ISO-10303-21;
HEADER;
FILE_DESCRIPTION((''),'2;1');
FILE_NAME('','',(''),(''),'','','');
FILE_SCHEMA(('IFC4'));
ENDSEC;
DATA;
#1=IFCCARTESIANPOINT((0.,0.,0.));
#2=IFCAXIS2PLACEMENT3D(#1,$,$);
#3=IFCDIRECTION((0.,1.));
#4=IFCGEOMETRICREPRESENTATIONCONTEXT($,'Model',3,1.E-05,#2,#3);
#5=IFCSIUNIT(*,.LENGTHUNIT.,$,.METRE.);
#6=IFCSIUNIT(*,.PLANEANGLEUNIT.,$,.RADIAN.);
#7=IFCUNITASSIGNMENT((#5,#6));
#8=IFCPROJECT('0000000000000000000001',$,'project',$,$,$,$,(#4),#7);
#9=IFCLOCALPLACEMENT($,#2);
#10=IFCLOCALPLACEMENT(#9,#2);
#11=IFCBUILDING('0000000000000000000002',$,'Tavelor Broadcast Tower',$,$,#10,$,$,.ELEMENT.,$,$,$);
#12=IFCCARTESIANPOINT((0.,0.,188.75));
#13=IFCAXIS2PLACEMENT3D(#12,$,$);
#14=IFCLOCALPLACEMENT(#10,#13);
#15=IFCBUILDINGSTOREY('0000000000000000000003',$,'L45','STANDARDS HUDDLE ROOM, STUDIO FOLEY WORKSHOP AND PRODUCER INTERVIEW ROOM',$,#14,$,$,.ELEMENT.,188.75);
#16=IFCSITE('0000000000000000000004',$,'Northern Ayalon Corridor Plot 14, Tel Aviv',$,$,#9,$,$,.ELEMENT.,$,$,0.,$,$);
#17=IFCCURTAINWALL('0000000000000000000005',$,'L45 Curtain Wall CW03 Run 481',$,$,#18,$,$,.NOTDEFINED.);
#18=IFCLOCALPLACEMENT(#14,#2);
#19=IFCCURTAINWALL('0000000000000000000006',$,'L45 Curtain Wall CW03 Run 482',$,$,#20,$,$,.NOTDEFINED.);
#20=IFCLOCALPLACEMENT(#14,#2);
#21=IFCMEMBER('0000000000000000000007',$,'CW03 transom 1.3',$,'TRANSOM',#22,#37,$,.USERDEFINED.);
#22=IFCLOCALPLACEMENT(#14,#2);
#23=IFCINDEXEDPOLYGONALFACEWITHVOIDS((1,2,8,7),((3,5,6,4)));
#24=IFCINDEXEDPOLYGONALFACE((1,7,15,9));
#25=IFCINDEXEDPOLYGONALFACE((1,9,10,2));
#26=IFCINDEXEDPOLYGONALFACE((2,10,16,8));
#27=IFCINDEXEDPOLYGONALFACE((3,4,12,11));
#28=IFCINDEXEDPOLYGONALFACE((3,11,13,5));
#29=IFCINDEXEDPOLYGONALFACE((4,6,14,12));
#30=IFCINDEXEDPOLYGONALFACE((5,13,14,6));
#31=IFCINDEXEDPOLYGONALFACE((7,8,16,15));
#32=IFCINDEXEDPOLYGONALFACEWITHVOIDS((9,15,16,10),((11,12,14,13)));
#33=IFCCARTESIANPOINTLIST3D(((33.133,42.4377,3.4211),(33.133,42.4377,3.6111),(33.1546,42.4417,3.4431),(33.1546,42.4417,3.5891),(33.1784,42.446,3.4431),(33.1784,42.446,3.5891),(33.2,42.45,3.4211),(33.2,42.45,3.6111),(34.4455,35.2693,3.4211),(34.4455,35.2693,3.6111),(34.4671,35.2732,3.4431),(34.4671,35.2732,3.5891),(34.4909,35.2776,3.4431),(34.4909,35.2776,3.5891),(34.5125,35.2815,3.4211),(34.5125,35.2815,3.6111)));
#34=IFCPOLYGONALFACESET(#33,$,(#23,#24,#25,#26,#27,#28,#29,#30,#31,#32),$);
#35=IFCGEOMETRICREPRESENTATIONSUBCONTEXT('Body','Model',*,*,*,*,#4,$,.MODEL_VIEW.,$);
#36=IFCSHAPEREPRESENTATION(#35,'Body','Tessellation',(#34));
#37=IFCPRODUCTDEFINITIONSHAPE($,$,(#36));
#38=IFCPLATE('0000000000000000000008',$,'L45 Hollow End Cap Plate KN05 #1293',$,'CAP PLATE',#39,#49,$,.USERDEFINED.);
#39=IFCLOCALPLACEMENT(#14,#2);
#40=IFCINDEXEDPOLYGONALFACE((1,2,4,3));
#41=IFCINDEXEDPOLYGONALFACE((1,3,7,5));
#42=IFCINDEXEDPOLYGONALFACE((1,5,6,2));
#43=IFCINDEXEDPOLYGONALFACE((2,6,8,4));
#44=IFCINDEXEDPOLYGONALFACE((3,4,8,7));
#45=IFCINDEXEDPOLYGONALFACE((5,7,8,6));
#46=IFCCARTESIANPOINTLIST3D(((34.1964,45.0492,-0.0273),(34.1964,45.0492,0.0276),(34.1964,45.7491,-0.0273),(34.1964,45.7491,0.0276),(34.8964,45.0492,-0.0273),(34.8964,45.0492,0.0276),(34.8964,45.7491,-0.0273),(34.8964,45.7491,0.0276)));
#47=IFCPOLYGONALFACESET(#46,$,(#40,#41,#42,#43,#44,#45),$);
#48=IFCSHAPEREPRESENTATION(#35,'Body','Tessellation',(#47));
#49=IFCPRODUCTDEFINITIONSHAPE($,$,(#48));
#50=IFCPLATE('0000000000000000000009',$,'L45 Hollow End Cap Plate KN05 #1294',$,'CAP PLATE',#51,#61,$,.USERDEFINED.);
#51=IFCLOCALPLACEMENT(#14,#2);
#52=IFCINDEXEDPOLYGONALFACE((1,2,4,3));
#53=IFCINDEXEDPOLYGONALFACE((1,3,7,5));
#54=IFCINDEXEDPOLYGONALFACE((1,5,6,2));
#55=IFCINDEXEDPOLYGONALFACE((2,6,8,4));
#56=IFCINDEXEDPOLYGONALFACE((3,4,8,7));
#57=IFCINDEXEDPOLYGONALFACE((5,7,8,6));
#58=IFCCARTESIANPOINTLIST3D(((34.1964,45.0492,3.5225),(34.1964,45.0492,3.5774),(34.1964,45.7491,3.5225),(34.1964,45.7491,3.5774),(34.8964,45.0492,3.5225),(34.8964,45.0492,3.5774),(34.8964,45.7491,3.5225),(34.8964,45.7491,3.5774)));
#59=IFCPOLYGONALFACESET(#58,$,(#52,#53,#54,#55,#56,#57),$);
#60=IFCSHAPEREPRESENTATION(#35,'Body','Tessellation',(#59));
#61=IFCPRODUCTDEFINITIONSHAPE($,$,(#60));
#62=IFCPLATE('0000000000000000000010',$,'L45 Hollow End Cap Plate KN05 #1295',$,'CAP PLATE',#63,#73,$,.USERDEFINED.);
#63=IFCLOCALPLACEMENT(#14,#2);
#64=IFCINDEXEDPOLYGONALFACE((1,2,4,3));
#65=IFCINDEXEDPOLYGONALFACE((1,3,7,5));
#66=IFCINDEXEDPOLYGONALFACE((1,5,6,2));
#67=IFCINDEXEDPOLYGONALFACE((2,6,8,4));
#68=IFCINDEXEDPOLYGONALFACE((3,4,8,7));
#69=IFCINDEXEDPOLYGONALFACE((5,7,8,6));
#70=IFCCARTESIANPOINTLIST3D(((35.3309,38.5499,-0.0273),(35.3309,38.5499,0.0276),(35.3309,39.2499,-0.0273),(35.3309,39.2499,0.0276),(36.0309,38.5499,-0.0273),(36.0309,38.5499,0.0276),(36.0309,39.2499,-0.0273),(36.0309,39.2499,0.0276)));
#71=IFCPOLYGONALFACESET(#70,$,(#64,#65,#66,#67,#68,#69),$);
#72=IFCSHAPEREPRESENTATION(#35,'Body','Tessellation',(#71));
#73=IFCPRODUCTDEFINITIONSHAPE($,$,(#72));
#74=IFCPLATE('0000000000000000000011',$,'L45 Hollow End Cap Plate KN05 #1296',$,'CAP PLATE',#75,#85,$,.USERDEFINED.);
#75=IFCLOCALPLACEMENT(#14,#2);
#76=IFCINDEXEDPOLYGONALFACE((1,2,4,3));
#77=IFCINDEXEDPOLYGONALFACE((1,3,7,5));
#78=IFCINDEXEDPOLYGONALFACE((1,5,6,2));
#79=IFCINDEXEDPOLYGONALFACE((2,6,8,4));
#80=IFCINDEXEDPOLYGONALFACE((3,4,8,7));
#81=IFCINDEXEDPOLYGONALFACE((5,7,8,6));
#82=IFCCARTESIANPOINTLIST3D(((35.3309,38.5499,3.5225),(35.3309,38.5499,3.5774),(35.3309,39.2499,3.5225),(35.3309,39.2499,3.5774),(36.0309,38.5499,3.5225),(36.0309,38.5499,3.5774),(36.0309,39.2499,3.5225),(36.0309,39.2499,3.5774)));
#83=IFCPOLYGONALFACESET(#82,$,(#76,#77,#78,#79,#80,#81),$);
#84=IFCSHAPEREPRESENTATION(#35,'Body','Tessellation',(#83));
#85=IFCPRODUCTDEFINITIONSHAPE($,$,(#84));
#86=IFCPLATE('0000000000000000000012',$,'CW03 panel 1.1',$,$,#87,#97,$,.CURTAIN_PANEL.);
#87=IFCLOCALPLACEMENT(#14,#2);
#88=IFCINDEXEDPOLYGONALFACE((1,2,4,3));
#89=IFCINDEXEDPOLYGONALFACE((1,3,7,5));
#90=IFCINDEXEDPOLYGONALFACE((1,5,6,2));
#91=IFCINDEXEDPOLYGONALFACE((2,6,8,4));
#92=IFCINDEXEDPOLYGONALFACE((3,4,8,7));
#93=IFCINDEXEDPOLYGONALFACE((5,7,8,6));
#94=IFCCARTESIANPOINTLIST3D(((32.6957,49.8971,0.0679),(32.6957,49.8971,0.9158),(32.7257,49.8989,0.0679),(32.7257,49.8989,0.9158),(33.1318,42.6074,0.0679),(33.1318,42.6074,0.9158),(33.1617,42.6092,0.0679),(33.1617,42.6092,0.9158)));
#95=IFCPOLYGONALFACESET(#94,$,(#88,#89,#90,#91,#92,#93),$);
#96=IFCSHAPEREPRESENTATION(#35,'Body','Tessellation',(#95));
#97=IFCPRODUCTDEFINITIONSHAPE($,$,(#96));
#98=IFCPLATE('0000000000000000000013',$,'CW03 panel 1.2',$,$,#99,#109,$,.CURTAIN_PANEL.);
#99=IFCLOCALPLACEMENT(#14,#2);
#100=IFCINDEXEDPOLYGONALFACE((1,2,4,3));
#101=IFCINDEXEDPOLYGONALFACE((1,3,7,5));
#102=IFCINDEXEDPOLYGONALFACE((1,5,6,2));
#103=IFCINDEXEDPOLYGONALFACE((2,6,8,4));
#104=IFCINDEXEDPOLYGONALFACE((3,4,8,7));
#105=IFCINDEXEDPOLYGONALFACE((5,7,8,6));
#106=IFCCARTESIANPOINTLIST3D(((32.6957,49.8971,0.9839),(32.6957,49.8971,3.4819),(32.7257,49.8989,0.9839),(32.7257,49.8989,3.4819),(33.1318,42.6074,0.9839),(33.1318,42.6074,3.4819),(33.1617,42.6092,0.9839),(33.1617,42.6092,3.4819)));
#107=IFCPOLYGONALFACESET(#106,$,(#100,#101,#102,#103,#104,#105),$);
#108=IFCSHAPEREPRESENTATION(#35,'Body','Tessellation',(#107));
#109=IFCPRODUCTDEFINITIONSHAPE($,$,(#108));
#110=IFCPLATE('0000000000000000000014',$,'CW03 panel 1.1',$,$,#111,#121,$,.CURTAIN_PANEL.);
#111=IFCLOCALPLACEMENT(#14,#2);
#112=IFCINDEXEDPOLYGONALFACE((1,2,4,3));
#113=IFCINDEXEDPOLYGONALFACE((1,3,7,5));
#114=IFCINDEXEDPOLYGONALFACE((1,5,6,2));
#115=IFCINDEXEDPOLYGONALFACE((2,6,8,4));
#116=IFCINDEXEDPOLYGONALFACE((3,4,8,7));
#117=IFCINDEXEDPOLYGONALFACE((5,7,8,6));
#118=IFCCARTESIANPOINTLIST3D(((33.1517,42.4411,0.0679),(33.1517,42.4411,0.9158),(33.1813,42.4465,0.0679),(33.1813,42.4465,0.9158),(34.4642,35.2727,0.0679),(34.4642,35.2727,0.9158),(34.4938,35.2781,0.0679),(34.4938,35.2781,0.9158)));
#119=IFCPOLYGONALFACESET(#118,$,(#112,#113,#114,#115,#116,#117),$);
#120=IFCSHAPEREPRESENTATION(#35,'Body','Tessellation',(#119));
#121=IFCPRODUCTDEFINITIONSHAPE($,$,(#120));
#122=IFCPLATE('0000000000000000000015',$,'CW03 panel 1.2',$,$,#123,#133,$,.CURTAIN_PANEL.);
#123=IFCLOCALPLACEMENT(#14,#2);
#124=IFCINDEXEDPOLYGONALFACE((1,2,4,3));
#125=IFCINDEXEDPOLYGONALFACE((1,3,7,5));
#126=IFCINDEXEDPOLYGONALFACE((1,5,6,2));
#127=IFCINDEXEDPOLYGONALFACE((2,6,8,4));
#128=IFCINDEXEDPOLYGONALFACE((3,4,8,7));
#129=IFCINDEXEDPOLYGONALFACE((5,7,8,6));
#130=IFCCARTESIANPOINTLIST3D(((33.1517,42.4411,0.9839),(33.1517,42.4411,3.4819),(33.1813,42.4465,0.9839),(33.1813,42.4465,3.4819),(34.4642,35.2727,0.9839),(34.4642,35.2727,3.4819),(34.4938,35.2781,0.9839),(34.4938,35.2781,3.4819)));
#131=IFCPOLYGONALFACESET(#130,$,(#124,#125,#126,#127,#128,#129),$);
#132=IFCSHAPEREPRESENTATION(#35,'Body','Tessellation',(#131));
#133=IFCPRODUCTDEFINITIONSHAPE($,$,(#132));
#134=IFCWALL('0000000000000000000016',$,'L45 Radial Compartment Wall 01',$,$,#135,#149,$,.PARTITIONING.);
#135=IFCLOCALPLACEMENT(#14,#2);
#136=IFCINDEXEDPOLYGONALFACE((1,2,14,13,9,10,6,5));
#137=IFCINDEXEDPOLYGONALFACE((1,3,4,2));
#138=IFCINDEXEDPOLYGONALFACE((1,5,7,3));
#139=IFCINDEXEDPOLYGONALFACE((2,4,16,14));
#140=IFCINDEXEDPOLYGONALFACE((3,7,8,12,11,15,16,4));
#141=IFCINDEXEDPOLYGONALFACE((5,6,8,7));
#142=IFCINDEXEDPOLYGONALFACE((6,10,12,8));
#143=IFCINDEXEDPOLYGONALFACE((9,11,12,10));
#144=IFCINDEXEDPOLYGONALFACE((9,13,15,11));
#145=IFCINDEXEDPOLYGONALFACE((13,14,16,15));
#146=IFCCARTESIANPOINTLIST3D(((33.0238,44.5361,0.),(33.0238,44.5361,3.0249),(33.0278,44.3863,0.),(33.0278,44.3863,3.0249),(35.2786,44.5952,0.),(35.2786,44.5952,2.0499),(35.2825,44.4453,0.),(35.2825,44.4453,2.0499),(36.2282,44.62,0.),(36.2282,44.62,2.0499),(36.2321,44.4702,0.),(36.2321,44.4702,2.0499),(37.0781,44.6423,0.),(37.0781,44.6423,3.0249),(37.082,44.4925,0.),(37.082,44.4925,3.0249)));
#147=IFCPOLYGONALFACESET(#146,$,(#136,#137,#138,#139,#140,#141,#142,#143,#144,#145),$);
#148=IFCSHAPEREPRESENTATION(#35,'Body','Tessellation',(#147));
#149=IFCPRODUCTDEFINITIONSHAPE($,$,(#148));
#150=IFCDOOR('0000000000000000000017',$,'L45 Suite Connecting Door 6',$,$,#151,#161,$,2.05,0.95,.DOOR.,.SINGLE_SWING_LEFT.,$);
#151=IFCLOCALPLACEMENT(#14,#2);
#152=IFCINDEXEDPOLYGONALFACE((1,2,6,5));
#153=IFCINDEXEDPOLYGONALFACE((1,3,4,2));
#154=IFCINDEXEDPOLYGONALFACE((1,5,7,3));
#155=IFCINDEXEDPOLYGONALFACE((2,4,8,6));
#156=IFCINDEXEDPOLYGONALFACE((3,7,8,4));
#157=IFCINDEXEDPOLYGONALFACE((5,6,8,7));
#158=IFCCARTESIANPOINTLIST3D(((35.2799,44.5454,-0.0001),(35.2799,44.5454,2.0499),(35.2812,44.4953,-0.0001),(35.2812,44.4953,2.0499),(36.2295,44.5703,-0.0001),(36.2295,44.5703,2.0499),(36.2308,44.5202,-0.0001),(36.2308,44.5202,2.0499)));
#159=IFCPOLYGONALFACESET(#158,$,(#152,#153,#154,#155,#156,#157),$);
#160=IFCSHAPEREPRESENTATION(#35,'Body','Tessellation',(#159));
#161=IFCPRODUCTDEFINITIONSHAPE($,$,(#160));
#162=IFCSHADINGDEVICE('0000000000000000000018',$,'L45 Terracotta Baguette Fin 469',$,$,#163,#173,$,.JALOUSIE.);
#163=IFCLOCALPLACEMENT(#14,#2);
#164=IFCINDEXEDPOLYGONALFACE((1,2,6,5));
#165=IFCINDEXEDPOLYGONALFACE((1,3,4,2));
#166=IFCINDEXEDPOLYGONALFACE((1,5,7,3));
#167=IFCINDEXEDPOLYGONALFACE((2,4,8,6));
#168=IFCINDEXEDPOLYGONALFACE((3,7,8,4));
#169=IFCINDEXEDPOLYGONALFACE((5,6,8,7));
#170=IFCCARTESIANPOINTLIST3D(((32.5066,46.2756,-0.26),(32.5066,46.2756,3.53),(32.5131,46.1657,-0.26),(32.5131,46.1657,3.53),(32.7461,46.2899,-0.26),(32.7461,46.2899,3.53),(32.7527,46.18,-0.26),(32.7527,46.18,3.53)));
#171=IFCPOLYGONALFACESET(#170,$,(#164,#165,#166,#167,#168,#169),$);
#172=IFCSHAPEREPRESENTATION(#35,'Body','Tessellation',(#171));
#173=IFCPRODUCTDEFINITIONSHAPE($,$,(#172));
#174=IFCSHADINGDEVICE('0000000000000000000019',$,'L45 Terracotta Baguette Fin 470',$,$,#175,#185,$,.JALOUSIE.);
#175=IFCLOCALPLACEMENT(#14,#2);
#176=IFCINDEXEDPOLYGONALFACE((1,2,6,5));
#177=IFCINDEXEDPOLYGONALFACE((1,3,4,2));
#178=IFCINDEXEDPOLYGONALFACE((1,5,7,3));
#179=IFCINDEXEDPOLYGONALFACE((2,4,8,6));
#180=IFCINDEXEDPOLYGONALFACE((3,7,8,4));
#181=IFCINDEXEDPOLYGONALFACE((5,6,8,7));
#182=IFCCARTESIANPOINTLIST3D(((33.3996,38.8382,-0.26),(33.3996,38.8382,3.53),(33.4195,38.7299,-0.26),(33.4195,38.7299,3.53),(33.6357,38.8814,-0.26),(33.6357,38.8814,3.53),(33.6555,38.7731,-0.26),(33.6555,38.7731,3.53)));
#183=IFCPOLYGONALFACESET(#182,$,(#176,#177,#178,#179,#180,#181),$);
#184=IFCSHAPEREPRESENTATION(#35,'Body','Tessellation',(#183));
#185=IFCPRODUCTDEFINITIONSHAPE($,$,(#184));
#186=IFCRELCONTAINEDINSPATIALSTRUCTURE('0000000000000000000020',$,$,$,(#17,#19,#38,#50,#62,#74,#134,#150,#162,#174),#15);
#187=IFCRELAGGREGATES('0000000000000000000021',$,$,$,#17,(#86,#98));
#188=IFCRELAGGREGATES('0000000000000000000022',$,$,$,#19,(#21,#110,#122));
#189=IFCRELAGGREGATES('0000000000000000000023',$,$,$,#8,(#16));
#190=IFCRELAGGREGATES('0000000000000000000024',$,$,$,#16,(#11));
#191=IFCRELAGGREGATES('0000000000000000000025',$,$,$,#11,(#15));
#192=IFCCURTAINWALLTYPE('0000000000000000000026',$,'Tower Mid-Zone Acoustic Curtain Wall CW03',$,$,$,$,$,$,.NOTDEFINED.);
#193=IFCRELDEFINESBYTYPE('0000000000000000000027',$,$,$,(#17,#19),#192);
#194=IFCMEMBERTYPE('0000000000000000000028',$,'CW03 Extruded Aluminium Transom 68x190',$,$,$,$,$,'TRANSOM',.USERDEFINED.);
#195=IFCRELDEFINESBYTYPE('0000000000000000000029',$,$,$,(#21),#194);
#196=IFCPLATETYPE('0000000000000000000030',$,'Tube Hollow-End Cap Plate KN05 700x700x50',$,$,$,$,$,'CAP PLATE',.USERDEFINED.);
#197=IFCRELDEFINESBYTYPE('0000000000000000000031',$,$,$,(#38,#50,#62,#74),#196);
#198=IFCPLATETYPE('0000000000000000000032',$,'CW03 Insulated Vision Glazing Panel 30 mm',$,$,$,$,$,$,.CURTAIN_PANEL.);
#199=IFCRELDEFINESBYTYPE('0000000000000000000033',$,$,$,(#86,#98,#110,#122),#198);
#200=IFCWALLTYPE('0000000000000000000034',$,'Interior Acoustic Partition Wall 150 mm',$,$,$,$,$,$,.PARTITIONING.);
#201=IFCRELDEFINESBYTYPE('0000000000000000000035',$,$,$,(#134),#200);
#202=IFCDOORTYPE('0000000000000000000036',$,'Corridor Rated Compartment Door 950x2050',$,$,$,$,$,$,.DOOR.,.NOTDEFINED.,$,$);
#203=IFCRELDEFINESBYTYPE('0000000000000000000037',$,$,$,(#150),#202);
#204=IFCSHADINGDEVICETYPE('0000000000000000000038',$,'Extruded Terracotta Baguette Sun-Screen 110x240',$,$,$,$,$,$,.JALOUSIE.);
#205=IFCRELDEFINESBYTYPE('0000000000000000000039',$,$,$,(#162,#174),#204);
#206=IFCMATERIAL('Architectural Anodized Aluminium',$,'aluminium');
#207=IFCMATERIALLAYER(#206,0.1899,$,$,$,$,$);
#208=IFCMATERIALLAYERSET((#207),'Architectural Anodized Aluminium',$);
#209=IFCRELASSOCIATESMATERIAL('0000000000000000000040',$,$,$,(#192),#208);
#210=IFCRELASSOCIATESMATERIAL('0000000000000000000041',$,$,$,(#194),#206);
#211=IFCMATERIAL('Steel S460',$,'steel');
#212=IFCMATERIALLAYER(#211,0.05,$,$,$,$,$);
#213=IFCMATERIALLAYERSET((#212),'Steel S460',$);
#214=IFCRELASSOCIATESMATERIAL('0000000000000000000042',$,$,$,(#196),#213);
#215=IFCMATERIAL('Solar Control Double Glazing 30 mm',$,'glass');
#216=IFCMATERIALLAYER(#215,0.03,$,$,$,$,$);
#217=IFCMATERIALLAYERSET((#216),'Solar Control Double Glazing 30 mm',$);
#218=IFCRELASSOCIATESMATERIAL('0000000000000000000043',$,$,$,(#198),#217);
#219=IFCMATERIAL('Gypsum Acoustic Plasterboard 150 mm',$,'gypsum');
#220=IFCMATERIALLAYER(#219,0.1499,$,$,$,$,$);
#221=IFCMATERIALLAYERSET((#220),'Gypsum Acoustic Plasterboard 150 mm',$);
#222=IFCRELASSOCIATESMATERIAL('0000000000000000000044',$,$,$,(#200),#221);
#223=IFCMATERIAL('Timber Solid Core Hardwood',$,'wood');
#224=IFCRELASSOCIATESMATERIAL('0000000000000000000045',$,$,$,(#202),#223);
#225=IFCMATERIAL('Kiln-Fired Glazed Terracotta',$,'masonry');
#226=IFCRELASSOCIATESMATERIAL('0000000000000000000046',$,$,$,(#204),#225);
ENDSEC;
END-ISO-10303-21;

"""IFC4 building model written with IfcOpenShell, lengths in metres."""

from ifc_helpers import new_model, si_unit, direction, frame, frame_2d, origin, origin_2d, place, context, subcontext, project, spatial, rectangle, hollow_rectangle, extrude, source, transform, mapped, material, layer, layer_set, material_profile, profile_set, type_object, type_shapes, element, fill, aggregate, save


model = new_model("IFC4")

# Units and contexts
model_context = context("Model", 3, precision=1e-05, world=origin(), true_north=direction((0.0, 1.0)))
body_context = subcontext(model_context, "Body", "Model", "MODEL_VIEW")
ifc_project = project(units=[si_unit("LENGTHUNIT", "METRE"), si_unit("PLANEANGLEUNIT", "RADIAN")], contexts=[model_context])

# Site, building, storey
site_placement = place(None, origin())
site = spatial("IfcSite", under=ifc_project, at=site_placement, Name="Northern Ayalon Corridor Plot 14, Tel Aviv", CompositionType="ELEMENT", RefElevation=0.0)
building_placement = place(site_placement, origin())
building = spatial("IfcBuilding", under=site, at=building_placement, Name="Tavelor Broadcast Tower", CompositionType="ELEMENT")
storey_placement = place(building_placement, frame((0.0, 0.0, 188.75)))
storey = spatial("IfcBuildingStorey", under=building, at=storey_placement, Name="L45", Description="STANDARDS HUDDLE ROOM, STUDIO FOLEY WORKSHOP AND PRODUCER INTERVIEW ROOM", CompositionType="ELEMENT", Elevation=188.75)

# Shared definitions
ifc_material_1 = material(Name="Steel S460", Category="steel")

# Curtain wall
ifc_material_2 = material(Name="Architectural Anodized Aluminium", Category="aluminium")
ifc_layer_1 = layer(ifc_material_2, 0.1899)
ifc_layer_set_1 = layer_set([ifc_layer_1], Name="Architectural Anodized Aluminium")
curtain_wall_type = type_object("IfcCurtainWallType", Name="Tower Mid-Zone Acoustic Curtain Wall CW03", PredefinedType="NOTDEFINED", material=ifc_layer_set_1)
curtain_wall_1_placement = place(storey_placement, origin())
curtain_wall_1 = element("IfcCurtainWall", 1, at=curtain_wall_1_placement, inside=storey, type_object=curtain_wall_type, Name="L45 Curtain Wall CW03 Run 481", PredefinedType="NOTDEFINED")

# Curtain wall
curtain_wall_2_placement = place(storey_placement, origin())
curtain_wall_2 = element("IfcCurtainWall", 2, at=curtain_wall_2_placement, inside=storey, type_object=curtain_wall_type, Name="L45 Curtain Wall CW03 Run 482", PredefinedType="NOTDEFINED")

# Member
ifc_material_profile_1 = material_profile(ifc_material_2, hollow_rectangle(XDim=0.0681, YDim=0.1899, WallThickness=0.022, at=origin_2d()), Name="RHS 68x190x22")
ifc_profile_set_1 = profile_set([ifc_material_profile_1], Name="Architectural Anodized Aluminium")
member_type_1 = type_object("IfcMemberType", Name="CW03 Extruded Aluminium Transom 68x190", ElementType="TRANSOM", PredefinedType="USERDEFINED", material=ifc_profile_set_1)
shared_shape_1 = source(origin(), body_context, "Body", "SweptSolid", [
    extrude(hollow_rectangle(XDim=0.0681, YDim=0.1899, WallThickness=0.022, at=origin_2d()), origin(), (0.0, 0.0, 1.0), 7.2876),
])
type_shapes(member_type_1, [shared_shape_1])
member_1_placement = place(storey_placement, frame((33.1665, 42.4438, 3.5161), z_axis=(0.1801, -0.983648, 0.0), x_axis=(0.983648, 0.1801, 0.0)))
member_1 = element("IfcMember", 3, at=member_1_placement, type_object=member_type_1, Name="CW03 transom 1.3", ObjectType="TRANSOM", PredefinedType="USERDEFINED", context=body_context, shape_type="MappedRepresentation", body=[
    mapped(shared_shape_1, transform((0.0, 0.0, 0.0), scale=1.0)),
])

# Plates
ifc_layer_2 = layer(ifc_material_1, 0.05)
ifc_layer_set_2 = layer_set([ifc_layer_2], Name="Steel S460")
plate_type_1 = type_object("IfcPlateType", Name="Tube Hollow-End Cap Plate KN05 700x700x50", ElementType="CAP PLATE", PredefinedType="USERDEFINED", material=ifc_layer_set_2)
shared_shape_2 = source(origin(), body_context, "Body", "SweptSolid", [
    extrude(rectangle(XDim=0.7, YDim=0.7, at=origin_2d()), origin(), (0.0, 0.0, 1.0), 0.0549),
])
type_shapes(plate_type_1, [shared_shape_2])
for number, where, z_axis, x_axis, name in (
    (4, (34.5464, 45.3992, -0.0273), (0.0, 0.0, 1.0), (1.0, 0.0, 0.0), "L45 Hollow End Cap Plate KN05 #1293"),
    (5, (34.5464, 45.3992, 3.5225), (0.0, 0.0, 1.0), (1.0, 0.0, 0.0), "L45 Hollow End Cap Plate KN05 #1294"),
    (6, (35.6809, 38.8999, -0.0273), (0.0, 0.0, 1.0), (1.0, 0.0, 0.0), "L45 Hollow End Cap Plate KN05 #1295"),
    (7, (35.6809, 38.8999, 3.5225), (0.0, 0.0, 1.0), (1.0, 0.0, 0.0), "L45 Hollow End Cap Plate KN05 #1296"),
):
    element("IfcPlate", number, at=place(storey_placement, frame(where, z_axis=z_axis, x_axis=x_axis)), inside=storey, type_object=plate_type_1, Name=name, ObjectType="CAP PLATE", PredefinedType="USERDEFINED", context=body_context, shape_type="MappedRepresentation", body=[
        mapped(shared_shape_2, transform((0.0, 0.0, 0.0), scale=1.0)),
    ])

# Plates
ifc_material_3 = material(Name="Solar Control Double Glazing 30 mm", Category="glass")
ifc_layer_3 = layer(ifc_material_3, 0.03)
ifc_layer_set_3 = layer_set([ifc_layer_3], Name="Solar Control Double Glazing 30 mm")
plate_type_2 = type_object("IfcPlateType", Name="CW03 Insulated Vision Glazing Panel 30 mm", PredefinedType="CURTAIN_PANEL", material=ifc_layer_set_3)
shared_shape_3 = source(origin(), body_context, "Body", "SweptSolid", [
    extrude(rectangle(XDim=7.3027, YDim=0.03, at=origin_2d()), origin(), (0.0, 0.0, 1.0), 0.8479),
])
plate_1_placement = place(storey_placement, frame((32.9287, 46.2532, 0.0679), z_axis=(0.0, 0.0, 1.0), x_axis=(0.059715, -0.998215, 0.0)))
plate_1 = element("IfcPlate", 8, at=plate_1_placement, type_object=plate_type_2, Name="CW03 panel 1.1", PredefinedType="CURTAIN_PANEL", context=body_context, shape_type="MappedRepresentation", body=[
    mapped(shared_shape_3, transform((0.0, 0.0, 0.0), scale=1.0)),
])
shared_shape_4 = source(origin(), body_context, "Body", "SweptSolid", [
    extrude(rectangle(XDim=7.3027, YDim=0.03, at=origin_2d()), origin(), (0.0, 0.0, 1.0), 2.498),
])
plate_2_placement = place(storey_placement, frame((32.9287, 46.2532, 0.9839), z_axis=(0.0, 0.0, 1.0), x_axis=(0.059715, -0.998215, 0.0)))
plate_2 = element("IfcPlate", 9, at=plate_2_placement, type_object=plate_type_2, Name="CW03 panel 1.2", PredefinedType="CURTAIN_PANEL", context=body_context, shape_type="MappedRepresentation", body=[
    mapped(shared_shape_4, transform((0.0, 0.0, 0.0), scale=1.0)),
])
aggregate(curtain_wall_1, [plate_1, plate_2])
shared_shape_5 = source(origin(), body_context, "Body", "SweptSolid", [
    extrude(rectangle(XDim=7.2876, YDim=0.03, at=origin_2d()), origin(), (0.0, 0.0, 1.0), 0.8479),
])
plate_3_placement = place(storey_placement, frame((33.8228, 38.8596, 0.0679), z_axis=(0.0, 0.0, 1.0), x_axis=(0.180102, -0.983648, 0.0)))
plate_3 = element("IfcPlate", 10, at=plate_3_placement, type_object=plate_type_2, Name="CW03 panel 1.1", PredefinedType="CURTAIN_PANEL", context=body_context, shape_type="MappedRepresentation", body=[
    mapped(shared_shape_5, transform((0.0, 0.0, 0.0), scale=1.0)),
])
shared_shape_6 = source(origin(), body_context, "Body", "SweptSolid", [
    extrude(rectangle(XDim=7.2876, YDim=0.03, at=origin_2d()), origin(), (0.0, 0.0, 1.0), 2.498),
])
type_shapes(plate_type_2, [shared_shape_3, shared_shape_4, shared_shape_5, shared_shape_6])
plate_4_placement = place(storey_placement, frame((33.8228, 38.8596, 0.9839), z_axis=(0.0, 0.0, 1.0), x_axis=(0.180102, -0.983648, 0.0)))
plate_4 = element("IfcPlate", 11, at=plate_4_placement, type_object=plate_type_2, Name="CW03 panel 1.2", PredefinedType="CURTAIN_PANEL", context=body_context, shape_type="MappedRepresentation", body=[
    mapped(shared_shape_6, transform((0.0, 0.0, 0.0), scale=1.0)),
])
aggregate(curtain_wall_2, [member_1, plate_3, plate_4])

# Wall, opening, door
ifc_material_4 = material(Name="Gypsum Acoustic Plasterboard 150 mm", Category="gypsum")
ifc_layer_4 = layer(ifc_material_4, 0.1499)
ifc_layer_set_4 = layer_set([ifc_layer_4], Name="Gypsum Acoustic Plasterboard 150 mm")
wall_type = type_object("IfcWallType", Name="Interior Acoustic Partition Wall 150 mm", PredefinedType="PARTITIONING", material=ifc_layer_set_4)
wall_placement = place(storey_placement, frame((37.0801, 44.5674, 0.0), z_axis=(0.0, 0.0, 1.0), x_axis=(-0.999657, -0.026186, 0.0)))
wall = element("IfcWall", 12, at=wall_placement, inside=storey, type_object=wall_type, Name="L45 Radial Compartment Wall 01", PredefinedType="PARTITIONING", context=body_context, shape_type="SweptSolid", body=[
    extrude(rectangle(XDim=4.0557, YDim=0.1499, at=frame_2d((2.0278, 0.0))), origin(), (0.0, 0.0, 1.0), 3.0249),
])
opening_placement = place(wall_placement, frame((0.8501, 0.0, 0.0)))
opening = element("IfcOpeningElement", 13, at=opening_placement, cuts=wall, PredefinedType="OPENING", context=body_context, shape_type="SweptSolid", body=[
    extrude(rectangle(XDim=0.95, YDim=2.05, at=frame_2d((0.4751, 1.0249))), frame((0.0, 0.085, 0.0), z_axis=(0.0, -1.0, 0.0), x_axis=(1.0, 0.0, 0.0)), (0.0, 0.0, 1.0), 0.1699),
])
ifc_material_5 = material(Name="Timber Solid Core Hardwood", Category="wood")
door_type = type_object("IfcDoorType", Name="Corridor Rated Compartment Door 950x2050", OperationType="NOTDEFINED", PredefinedType="DOOR", material=ifc_material_5)
door_placement = place(opening_placement, origin())
door = element("IfcDoor", 14, at=door_placement, inside=storey, type_object=door_type, Name="L45 Suite Connecting Door 6", OperationType="SINGLE_SWING_LEFT", OverallHeight=2.05, OverallWidth=0.95, PredefinedType="DOOR", context=body_context, shape_type="SweptSolid", body=[
    extrude(rectangle(XDim=0.95, YDim=2.05, at=frame_2d((0.4751, 1.0249))), frame((0.0, 0.0249, 0.0), z_axis=(0.0, -1.0, 0.0), x_axis=(1.0, 0.0, 0.0)), (0.0, 0.0, 1.0), 0.05),
])
fill(opening, door)

# Shading devices
ifc_material_6 = material(Name="Kiln-Fired Glazed Terracotta", Category="masonry")
shading_device_type = type_object("IfcShadingDeviceType", Name="Extruded Terracotta Baguette Sun-Screen 110x240", PredefinedType="JALOUSIE", material=ifc_material_6)
shared_shape_7 = source(origin(), body_context, "Body", "SweptSolid", [
    extrude(rectangle(XDim=0.1101, YDim=0.24, at=origin_2d()), origin(), (0.0, 0.0, 1.0), 3.79),
])
type_shapes(shading_device_type, [shared_shape_7])
for number, where, z_axis, x_axis, name in (
    (15, (32.6296, 46.2278, -0.26), (0.0, 0.0, 1.0), (0.059655, -0.998219, 0.0), "L45 Terracotta Baguette Fin 469"),
    (16, (33.5276, 38.8057, -0.26), (0.0, 0.0, 1.0), (0.180176, -0.983634, 0.0), "L45 Terracotta Baguette Fin 470"),
):
    element("IfcShadingDevice", number, at=place(storey_placement, frame(where, z_axis=z_axis, x_axis=x_axis)), inside=storey, type_object=shading_device_type, Name=name, PredefinedType="JALOUSIE", context=body_context, shape_type="MappedRepresentation", body=[
        mapped(shared_shape_7, transform((0.0, 0.0, 0.0), scale=1.0)),
    ])

save(model, "model.ifc")
